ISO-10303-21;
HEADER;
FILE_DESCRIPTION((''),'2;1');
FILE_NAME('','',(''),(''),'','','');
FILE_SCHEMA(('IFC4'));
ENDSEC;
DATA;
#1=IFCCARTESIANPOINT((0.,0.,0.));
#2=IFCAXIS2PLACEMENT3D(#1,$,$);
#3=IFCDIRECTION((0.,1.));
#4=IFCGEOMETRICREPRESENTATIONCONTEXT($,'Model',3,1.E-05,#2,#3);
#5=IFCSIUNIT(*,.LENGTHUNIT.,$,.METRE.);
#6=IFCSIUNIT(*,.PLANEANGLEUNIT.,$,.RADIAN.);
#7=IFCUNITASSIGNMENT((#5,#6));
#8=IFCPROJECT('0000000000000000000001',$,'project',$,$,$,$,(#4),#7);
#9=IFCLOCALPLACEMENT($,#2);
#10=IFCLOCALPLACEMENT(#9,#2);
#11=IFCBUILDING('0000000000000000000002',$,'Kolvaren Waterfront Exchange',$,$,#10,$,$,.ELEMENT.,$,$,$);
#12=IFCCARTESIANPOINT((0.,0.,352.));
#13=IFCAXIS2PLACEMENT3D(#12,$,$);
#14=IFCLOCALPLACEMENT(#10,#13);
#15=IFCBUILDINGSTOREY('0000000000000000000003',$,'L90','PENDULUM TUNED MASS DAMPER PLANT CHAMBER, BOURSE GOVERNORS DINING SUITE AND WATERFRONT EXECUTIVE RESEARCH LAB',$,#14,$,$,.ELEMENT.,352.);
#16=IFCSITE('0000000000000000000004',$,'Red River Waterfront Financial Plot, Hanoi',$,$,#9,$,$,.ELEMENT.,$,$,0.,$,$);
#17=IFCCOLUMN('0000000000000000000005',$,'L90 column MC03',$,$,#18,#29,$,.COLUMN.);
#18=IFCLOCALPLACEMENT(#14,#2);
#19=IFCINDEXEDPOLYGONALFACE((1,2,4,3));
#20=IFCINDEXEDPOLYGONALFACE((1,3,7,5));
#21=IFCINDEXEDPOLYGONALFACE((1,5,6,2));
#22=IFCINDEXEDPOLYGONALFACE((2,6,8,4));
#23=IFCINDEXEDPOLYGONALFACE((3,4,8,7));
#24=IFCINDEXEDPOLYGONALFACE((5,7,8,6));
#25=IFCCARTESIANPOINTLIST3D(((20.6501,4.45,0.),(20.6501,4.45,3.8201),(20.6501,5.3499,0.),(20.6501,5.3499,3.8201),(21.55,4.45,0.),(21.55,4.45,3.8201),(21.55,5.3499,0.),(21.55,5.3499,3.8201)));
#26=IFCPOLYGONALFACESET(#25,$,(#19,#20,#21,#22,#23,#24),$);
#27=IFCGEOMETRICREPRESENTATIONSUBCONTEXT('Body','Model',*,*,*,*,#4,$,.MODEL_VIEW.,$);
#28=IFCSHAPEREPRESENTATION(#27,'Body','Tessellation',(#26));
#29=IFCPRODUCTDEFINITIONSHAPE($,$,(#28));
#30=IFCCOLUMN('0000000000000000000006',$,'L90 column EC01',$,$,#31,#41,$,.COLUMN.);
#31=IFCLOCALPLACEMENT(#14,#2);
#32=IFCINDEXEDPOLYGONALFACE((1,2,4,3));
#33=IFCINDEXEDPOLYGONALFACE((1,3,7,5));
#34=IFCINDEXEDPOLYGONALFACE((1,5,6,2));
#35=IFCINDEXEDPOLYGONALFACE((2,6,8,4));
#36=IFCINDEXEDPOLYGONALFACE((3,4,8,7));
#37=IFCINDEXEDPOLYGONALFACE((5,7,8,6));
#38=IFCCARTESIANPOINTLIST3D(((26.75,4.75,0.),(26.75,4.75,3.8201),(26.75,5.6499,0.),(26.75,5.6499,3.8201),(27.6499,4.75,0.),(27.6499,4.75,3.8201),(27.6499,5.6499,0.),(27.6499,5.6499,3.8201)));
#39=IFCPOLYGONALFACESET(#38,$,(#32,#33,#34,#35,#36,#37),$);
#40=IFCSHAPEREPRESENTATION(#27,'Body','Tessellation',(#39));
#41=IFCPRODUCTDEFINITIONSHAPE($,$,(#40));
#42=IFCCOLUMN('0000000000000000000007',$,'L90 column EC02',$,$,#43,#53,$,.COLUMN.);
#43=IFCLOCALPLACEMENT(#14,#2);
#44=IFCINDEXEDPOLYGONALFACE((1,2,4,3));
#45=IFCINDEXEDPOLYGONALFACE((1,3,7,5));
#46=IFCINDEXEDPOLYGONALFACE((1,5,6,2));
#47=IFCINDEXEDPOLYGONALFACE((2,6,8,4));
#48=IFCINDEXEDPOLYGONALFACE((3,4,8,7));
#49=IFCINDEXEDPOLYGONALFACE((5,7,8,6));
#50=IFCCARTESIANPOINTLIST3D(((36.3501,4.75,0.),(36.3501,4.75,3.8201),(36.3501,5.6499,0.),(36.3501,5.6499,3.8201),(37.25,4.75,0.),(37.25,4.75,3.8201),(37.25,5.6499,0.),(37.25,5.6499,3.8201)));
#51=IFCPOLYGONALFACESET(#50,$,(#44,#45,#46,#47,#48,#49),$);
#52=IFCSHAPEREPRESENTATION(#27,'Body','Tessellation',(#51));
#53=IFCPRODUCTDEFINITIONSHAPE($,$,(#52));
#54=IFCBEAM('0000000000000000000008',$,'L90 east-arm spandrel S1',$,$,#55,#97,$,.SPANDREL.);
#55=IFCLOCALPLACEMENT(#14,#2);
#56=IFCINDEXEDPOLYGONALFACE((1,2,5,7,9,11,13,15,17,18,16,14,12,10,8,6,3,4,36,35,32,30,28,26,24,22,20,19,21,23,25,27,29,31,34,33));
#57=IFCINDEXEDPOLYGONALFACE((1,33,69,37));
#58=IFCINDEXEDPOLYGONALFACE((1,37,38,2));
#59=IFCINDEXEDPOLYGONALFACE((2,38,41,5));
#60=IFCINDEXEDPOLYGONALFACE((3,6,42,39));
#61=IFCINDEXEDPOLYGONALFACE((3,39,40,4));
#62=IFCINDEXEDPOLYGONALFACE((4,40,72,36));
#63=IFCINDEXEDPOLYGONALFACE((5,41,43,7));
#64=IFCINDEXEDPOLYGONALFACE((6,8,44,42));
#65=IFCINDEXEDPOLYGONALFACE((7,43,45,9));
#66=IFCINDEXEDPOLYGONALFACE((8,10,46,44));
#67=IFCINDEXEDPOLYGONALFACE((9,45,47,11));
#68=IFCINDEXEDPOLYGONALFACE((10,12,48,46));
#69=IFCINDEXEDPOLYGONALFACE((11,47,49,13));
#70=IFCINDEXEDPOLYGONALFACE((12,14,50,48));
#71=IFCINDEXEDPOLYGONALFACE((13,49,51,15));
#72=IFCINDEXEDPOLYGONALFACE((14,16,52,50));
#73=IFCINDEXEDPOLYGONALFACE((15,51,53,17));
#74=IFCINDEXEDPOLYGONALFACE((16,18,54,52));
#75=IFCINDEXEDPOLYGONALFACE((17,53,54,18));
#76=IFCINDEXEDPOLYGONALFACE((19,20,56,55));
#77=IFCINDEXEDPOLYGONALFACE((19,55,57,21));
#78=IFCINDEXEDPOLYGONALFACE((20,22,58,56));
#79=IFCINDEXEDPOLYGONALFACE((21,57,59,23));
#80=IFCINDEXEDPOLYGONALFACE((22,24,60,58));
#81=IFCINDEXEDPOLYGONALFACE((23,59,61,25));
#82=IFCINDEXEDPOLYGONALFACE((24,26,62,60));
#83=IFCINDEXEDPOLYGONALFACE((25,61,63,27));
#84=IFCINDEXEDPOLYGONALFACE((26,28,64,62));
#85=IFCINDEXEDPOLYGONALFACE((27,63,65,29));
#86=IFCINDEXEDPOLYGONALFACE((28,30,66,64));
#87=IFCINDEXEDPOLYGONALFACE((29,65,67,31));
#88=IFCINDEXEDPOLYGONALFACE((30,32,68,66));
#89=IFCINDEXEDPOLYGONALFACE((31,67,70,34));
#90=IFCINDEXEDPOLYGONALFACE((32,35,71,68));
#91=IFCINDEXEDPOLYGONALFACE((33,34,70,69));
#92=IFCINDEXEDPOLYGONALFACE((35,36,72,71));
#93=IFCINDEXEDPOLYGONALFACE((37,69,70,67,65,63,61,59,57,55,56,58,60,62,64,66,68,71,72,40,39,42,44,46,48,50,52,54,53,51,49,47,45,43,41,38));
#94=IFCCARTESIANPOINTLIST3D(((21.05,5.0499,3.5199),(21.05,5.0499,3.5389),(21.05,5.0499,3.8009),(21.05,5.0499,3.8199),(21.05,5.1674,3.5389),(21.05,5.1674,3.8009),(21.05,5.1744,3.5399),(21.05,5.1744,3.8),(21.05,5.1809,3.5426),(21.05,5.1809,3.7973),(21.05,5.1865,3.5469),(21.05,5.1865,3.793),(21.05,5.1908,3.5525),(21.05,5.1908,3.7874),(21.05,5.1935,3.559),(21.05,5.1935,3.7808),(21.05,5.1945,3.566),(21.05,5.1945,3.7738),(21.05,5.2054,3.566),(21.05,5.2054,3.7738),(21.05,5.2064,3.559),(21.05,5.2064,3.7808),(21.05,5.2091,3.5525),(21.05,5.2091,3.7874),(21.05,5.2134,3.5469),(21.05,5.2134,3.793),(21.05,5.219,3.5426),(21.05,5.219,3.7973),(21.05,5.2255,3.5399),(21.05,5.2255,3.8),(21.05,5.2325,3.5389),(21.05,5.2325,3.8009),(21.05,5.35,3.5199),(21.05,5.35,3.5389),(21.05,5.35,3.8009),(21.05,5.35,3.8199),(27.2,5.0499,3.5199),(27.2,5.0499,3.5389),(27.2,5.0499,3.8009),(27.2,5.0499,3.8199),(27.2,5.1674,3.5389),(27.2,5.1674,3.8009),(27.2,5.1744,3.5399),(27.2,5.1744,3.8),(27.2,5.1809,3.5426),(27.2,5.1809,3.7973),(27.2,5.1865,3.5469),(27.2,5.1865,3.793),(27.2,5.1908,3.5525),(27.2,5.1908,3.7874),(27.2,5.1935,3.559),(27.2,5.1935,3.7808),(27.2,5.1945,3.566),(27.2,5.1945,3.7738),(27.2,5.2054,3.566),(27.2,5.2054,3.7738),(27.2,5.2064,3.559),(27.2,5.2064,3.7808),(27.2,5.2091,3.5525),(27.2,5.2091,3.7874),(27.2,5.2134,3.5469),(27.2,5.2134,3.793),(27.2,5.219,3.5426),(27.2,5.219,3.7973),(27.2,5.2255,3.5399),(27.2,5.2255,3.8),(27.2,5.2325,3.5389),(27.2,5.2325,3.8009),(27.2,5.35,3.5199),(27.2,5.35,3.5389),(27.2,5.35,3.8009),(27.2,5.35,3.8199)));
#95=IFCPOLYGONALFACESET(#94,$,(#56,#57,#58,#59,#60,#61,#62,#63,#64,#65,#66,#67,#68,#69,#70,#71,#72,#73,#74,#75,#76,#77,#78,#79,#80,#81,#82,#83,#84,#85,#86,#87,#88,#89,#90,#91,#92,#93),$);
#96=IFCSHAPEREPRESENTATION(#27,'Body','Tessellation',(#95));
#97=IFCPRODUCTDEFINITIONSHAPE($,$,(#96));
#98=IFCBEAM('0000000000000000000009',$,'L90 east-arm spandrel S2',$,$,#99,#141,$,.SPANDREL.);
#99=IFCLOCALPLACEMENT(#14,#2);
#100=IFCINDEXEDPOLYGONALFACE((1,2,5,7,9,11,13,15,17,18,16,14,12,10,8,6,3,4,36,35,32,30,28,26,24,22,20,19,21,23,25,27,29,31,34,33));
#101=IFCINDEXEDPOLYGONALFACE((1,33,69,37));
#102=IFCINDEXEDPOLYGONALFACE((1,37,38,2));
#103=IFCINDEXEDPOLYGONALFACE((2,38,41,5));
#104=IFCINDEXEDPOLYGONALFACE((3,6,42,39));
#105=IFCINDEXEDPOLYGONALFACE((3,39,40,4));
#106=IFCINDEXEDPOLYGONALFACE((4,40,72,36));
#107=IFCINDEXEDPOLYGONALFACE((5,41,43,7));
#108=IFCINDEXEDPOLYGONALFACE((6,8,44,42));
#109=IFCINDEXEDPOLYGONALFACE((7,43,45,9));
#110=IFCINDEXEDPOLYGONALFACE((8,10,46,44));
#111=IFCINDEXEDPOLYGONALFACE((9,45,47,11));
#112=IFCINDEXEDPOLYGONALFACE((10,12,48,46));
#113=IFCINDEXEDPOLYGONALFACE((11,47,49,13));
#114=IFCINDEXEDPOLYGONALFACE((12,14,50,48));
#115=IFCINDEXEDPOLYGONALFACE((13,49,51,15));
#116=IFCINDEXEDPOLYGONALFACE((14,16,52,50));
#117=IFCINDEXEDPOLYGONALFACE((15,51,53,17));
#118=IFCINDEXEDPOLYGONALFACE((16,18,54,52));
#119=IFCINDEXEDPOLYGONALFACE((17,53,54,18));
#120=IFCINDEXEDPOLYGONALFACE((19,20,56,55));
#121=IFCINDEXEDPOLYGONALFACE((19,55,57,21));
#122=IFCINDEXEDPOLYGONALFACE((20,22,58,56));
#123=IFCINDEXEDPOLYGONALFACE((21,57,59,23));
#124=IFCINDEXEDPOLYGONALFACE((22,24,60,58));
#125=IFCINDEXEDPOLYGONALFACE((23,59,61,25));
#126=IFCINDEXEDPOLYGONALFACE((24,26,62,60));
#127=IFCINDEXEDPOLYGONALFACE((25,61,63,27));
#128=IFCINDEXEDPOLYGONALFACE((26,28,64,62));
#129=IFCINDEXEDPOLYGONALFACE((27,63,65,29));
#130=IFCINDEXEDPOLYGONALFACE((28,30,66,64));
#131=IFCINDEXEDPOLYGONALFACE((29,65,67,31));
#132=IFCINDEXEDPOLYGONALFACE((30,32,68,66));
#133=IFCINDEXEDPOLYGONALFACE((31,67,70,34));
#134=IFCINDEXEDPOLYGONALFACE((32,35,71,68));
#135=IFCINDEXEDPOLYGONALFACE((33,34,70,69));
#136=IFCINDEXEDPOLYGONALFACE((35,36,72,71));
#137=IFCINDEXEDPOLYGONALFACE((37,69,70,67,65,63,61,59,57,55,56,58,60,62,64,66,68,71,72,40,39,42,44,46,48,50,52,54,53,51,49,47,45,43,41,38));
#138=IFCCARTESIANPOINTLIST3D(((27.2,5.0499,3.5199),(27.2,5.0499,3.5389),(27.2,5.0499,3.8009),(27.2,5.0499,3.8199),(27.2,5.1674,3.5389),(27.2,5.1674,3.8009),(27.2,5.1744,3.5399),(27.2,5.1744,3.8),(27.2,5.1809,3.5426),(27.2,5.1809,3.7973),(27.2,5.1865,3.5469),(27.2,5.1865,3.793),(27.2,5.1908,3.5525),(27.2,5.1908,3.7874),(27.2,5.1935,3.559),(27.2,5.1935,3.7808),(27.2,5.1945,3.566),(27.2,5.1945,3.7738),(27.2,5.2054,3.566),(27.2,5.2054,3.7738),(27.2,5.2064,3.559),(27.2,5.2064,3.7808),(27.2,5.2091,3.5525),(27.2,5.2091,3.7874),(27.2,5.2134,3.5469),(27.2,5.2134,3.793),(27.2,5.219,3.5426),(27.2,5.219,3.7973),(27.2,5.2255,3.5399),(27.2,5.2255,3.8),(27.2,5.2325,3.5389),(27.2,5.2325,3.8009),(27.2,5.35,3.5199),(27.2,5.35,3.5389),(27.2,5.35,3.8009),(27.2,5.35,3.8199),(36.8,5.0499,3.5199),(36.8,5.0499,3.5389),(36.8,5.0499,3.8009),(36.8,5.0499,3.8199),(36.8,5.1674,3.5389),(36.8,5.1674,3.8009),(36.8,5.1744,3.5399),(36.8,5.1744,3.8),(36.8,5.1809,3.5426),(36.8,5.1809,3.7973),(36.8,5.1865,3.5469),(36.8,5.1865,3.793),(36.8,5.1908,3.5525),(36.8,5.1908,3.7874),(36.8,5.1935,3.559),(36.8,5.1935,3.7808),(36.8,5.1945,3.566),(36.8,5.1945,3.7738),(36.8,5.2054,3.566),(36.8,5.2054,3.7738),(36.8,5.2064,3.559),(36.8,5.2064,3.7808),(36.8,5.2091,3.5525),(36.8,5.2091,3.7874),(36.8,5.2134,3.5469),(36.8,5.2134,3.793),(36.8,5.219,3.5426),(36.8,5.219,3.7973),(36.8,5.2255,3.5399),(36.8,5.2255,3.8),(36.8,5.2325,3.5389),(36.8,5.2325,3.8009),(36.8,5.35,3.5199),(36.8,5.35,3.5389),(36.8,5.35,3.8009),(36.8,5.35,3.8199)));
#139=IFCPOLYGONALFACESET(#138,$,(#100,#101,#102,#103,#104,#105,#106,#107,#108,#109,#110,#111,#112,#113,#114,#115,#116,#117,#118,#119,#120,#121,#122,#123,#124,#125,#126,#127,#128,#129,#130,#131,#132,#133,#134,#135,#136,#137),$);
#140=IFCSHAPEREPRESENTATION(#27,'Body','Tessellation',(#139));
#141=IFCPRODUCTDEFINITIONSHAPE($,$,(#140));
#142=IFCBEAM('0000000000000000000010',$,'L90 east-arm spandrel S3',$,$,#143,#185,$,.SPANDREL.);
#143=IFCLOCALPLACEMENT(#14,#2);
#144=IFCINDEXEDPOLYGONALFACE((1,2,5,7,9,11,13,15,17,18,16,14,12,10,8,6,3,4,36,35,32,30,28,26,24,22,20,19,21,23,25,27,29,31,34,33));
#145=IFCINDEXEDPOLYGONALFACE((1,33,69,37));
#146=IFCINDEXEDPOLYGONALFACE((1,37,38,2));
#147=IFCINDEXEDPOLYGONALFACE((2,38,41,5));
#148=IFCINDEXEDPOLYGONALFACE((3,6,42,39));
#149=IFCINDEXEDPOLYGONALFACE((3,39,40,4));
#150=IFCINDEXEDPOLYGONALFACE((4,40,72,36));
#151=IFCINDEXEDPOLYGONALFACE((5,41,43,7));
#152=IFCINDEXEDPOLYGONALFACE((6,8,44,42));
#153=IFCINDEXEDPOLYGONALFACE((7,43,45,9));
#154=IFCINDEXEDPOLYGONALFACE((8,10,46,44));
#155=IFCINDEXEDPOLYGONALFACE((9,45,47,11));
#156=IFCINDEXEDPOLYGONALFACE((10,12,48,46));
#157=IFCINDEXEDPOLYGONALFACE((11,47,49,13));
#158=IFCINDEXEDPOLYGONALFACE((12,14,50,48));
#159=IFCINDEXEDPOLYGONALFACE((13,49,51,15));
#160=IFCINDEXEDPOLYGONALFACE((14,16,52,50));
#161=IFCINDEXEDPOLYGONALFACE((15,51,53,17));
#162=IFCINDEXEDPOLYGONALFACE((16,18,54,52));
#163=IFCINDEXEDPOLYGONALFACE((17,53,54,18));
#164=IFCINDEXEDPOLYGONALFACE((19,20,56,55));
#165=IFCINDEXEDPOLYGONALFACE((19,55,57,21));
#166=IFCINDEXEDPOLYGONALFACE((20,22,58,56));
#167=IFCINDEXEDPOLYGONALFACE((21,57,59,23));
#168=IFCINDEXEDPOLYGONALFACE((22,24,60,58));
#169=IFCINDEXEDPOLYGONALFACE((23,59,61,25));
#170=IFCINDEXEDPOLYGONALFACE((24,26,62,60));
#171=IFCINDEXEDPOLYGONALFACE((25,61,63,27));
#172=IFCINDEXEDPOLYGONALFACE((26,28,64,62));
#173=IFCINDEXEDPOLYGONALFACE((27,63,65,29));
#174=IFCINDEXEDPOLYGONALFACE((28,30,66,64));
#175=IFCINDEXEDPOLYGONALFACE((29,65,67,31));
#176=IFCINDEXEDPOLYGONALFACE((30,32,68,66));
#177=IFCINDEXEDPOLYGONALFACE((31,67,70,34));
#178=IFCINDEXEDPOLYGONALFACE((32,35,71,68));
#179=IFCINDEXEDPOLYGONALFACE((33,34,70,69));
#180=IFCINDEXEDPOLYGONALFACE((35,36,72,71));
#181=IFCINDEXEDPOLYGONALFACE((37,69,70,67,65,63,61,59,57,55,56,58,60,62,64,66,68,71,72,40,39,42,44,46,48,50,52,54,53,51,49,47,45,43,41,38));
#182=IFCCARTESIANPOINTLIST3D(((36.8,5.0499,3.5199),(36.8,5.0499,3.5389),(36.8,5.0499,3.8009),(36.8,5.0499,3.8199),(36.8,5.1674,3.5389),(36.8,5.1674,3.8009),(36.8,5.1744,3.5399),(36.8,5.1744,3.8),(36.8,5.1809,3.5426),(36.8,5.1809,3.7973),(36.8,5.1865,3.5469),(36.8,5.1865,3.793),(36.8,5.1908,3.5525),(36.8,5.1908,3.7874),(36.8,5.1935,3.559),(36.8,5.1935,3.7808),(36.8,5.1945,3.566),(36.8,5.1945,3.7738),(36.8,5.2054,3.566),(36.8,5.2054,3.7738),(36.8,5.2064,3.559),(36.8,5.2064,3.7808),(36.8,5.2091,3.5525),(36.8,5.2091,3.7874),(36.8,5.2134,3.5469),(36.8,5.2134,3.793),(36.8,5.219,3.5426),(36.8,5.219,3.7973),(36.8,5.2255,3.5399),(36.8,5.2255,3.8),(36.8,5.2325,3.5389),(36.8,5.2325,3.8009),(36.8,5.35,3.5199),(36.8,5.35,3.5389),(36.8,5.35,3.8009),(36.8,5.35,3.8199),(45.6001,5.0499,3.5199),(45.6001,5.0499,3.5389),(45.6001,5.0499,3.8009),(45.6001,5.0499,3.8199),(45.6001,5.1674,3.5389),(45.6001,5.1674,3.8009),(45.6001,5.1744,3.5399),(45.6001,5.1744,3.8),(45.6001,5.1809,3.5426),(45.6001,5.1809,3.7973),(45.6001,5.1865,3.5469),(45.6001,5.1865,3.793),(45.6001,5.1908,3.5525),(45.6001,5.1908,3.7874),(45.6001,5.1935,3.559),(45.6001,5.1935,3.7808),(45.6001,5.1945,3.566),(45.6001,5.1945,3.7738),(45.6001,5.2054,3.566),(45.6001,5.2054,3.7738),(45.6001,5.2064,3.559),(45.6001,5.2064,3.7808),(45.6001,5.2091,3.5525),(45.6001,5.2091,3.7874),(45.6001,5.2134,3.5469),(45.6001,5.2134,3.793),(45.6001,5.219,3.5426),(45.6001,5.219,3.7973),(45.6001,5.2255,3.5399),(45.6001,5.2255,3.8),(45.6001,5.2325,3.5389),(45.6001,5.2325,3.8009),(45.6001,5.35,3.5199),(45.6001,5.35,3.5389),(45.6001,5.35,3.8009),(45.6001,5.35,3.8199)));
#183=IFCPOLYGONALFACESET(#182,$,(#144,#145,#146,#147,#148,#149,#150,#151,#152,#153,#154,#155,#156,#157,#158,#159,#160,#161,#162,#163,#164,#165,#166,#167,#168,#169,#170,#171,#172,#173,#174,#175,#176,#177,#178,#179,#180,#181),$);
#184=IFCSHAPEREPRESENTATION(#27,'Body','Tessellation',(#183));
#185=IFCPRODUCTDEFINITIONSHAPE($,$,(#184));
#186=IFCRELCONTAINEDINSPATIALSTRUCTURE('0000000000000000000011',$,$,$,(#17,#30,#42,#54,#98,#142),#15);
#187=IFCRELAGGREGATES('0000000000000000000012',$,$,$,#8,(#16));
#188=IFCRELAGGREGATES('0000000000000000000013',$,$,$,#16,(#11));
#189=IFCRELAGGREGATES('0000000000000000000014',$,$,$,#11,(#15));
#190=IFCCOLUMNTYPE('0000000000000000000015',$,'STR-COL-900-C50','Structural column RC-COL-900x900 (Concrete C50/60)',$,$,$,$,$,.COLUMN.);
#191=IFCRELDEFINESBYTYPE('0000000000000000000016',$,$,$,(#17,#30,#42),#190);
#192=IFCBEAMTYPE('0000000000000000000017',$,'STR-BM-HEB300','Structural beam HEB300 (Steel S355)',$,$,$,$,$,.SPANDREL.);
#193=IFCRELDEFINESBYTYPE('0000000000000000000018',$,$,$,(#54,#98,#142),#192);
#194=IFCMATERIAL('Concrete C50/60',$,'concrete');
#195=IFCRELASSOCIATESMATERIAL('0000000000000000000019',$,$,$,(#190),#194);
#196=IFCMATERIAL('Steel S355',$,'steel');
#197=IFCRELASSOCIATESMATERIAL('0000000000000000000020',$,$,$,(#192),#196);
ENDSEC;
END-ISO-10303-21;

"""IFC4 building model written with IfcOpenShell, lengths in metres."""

from ifc_helpers import new_model, si_unit, direction, frame, origin, origin_2d, place, context, subcontext, project, spatial, rectangle, i_section, extrude, material, material_profile, profile_set, type_object, element, save


model = new_model("IFC4")

# Units and contexts
model_context = context("Model", 3, precision=1e-05, world=origin(), true_north=direction((0.0, 1.0)))
body_context = subcontext(model_context, "Body", "Model", "MODEL_VIEW")
ifc_project = project(units=[si_unit("LENGTHUNIT", "METRE"), si_unit("PLANEANGLEUNIT", "RADIAN")], contexts=[model_context])

# Site, building, storey
site_placement = place(None, origin())
site = spatial("IfcSite", under=ifc_project, at=site_placement, Name="Red River Waterfront Financial Plot, Hanoi", CompositionType="ELEMENT", RefElevation=0.0)
building_placement = place(site_placement, origin())
building = spatial("IfcBuilding", under=site, at=building_placement, Name="Kolvaren Waterfront Exchange", CompositionType="ELEMENT")
storey_placement = place(building_placement, frame((0.0, 0.0, 352.0)))
storey = spatial("IfcBuildingStorey", under=building, at=storey_placement, Name="L90", Description="PENDULUM TUNED MASS DAMPER PLANT CHAMBER, BOURSE GOVERNORS DINING SUITE AND WATERFRONT EXECUTIVE RESEARCH LAB", CompositionType="ELEMENT", Elevation=352.0)

# Columns
ifc_material_1 = material(Name="Concrete C50/60", Category="concrete")
ifc_material_profile_1 = material_profile(ifc_material_1, rectangle(XDim=0.8999, YDim=0.8999, at=origin_2d()), Name="RC-COL-900x900")
ifc_profile_set_1 = profile_set([ifc_material_profile_1], Name="Concrete C50/60")
column_type = type_object("IfcColumnType", Name="STR-COL-900-C50", Description="Structural column RC-COL-900x900 (Concrete C50/60)", PredefinedType="COLUMN", material=ifc_profile_set_1)
for number, where, z_axis, x_axis, name in (
    (1, (21.1001, 4.8999, 0.0), (0.0, 0.0, 1.0), (1.0, 0.0, 0.0), "L90 column MC03"),
    (2, (27.2, 5.2, 0.0), (0.0, 0.0, 1.0), (1.0, 0.0, 0.0), "L90 column EC01"),
    (3, (36.8, 5.2, 0.0), (0.0, 0.0, 1.0), (1.0, 0.0, 0.0), "L90 column EC02"),
):
    element("IfcColumn", number, at=place(storey_placement, frame(where, z_axis=z_axis, x_axis=x_axis)), inside=storey, type_object=column_type, Name=name, PredefinedType="COLUMN", context=body_context, shape_type="SweptSolid", body=[
        extrude(rectangle(XDim=0.8999, YDim=0.8999, at=origin_2d()), origin(), (0.0, 0.0, 1.0), 3.8201),
    ])

# Beams
ifc_material_2 = material(Name="Steel S355", Category="steel")
ifc_material_profile_2 = material_profile(ifc_material_2, i_section(OverallWidth=0.3, OverallDepth=0.3, WebThickness=0.011, FlangeThickness=0.019, FilletRadius=0.0271, at=origin_2d()), Name="HEB300")
ifc_profile_set_2 = profile_set([ifc_material_profile_2], Name="Steel S355")
beam_type_1 = type_object("IfcBeamType", Name="STR-BM-HEB300", Description="Structural beam HEB300 (Steel S355)", PredefinedType="SPANDREL", material=ifc_profile_set_2)
beam_1_placement = place(storey_placement, frame((21.05, 5.2, 3.6699), z_axis=(1.0, 0.0, 0.0), x_axis=(0.0, 1.0, 0.0)))
element("IfcBeam", 4, at=beam_1_placement, inside=storey, type_object=beam_type_1, Name="L90 east-arm spandrel S1", PredefinedType="SPANDREL", context=body_context, shape_type="SweptSolid", body=[
    extrude(i_section(OverallWidth=0.3, OverallDepth=0.3, WebThickness=0.011, FlangeThickness=0.019, FilletRadius=0.0271, at=origin_2d()), origin(), (0.0, 0.0, 1.0), 6.1499),
])
beam_2_placement = place(storey_placement, frame((27.2, 5.2, 3.6699), z_axis=(1.0, 0.0, 0.0), x_axis=(0.0, 1.0, 0.0)))
element("IfcBeam", 5, at=beam_2_placement, inside=storey, type_object=beam_type_1, Name="L90 east-arm spandrel S2", PredefinedType="SPANDREL", context=body_context, shape_type="SweptSolid", body=[
    extrude(i_section(OverallWidth=0.3, OverallDepth=0.3, WebThickness=0.011, FlangeThickness=0.019, FilletRadius=0.0271, at=origin_2d()), origin(), (0.0, 0.0, 1.0), 9.6001),
])
beam_3_placement = place(storey_placement, frame((36.8, 5.2, 3.6699), z_axis=(1.0, 0.0, 0.0), x_axis=(0.0, 1.0, 0.0)))
element("IfcBeam", 6, at=beam_3_placement, inside=storey, type_object=beam_type_1, Name="L90 east-arm spandrel S3", PredefinedType="SPANDREL", context=body_context, shape_type="SweptSolid", body=[
    extrude(i_section(OverallWidth=0.3, OverallDepth=0.3, WebThickness=0.011, FlangeThickness=0.019, FilletRadius=0.0271, at=origin_2d()), origin(), (0.0, 0.0, 1.0), 8.8),
])

save(model, "model.ifc")
